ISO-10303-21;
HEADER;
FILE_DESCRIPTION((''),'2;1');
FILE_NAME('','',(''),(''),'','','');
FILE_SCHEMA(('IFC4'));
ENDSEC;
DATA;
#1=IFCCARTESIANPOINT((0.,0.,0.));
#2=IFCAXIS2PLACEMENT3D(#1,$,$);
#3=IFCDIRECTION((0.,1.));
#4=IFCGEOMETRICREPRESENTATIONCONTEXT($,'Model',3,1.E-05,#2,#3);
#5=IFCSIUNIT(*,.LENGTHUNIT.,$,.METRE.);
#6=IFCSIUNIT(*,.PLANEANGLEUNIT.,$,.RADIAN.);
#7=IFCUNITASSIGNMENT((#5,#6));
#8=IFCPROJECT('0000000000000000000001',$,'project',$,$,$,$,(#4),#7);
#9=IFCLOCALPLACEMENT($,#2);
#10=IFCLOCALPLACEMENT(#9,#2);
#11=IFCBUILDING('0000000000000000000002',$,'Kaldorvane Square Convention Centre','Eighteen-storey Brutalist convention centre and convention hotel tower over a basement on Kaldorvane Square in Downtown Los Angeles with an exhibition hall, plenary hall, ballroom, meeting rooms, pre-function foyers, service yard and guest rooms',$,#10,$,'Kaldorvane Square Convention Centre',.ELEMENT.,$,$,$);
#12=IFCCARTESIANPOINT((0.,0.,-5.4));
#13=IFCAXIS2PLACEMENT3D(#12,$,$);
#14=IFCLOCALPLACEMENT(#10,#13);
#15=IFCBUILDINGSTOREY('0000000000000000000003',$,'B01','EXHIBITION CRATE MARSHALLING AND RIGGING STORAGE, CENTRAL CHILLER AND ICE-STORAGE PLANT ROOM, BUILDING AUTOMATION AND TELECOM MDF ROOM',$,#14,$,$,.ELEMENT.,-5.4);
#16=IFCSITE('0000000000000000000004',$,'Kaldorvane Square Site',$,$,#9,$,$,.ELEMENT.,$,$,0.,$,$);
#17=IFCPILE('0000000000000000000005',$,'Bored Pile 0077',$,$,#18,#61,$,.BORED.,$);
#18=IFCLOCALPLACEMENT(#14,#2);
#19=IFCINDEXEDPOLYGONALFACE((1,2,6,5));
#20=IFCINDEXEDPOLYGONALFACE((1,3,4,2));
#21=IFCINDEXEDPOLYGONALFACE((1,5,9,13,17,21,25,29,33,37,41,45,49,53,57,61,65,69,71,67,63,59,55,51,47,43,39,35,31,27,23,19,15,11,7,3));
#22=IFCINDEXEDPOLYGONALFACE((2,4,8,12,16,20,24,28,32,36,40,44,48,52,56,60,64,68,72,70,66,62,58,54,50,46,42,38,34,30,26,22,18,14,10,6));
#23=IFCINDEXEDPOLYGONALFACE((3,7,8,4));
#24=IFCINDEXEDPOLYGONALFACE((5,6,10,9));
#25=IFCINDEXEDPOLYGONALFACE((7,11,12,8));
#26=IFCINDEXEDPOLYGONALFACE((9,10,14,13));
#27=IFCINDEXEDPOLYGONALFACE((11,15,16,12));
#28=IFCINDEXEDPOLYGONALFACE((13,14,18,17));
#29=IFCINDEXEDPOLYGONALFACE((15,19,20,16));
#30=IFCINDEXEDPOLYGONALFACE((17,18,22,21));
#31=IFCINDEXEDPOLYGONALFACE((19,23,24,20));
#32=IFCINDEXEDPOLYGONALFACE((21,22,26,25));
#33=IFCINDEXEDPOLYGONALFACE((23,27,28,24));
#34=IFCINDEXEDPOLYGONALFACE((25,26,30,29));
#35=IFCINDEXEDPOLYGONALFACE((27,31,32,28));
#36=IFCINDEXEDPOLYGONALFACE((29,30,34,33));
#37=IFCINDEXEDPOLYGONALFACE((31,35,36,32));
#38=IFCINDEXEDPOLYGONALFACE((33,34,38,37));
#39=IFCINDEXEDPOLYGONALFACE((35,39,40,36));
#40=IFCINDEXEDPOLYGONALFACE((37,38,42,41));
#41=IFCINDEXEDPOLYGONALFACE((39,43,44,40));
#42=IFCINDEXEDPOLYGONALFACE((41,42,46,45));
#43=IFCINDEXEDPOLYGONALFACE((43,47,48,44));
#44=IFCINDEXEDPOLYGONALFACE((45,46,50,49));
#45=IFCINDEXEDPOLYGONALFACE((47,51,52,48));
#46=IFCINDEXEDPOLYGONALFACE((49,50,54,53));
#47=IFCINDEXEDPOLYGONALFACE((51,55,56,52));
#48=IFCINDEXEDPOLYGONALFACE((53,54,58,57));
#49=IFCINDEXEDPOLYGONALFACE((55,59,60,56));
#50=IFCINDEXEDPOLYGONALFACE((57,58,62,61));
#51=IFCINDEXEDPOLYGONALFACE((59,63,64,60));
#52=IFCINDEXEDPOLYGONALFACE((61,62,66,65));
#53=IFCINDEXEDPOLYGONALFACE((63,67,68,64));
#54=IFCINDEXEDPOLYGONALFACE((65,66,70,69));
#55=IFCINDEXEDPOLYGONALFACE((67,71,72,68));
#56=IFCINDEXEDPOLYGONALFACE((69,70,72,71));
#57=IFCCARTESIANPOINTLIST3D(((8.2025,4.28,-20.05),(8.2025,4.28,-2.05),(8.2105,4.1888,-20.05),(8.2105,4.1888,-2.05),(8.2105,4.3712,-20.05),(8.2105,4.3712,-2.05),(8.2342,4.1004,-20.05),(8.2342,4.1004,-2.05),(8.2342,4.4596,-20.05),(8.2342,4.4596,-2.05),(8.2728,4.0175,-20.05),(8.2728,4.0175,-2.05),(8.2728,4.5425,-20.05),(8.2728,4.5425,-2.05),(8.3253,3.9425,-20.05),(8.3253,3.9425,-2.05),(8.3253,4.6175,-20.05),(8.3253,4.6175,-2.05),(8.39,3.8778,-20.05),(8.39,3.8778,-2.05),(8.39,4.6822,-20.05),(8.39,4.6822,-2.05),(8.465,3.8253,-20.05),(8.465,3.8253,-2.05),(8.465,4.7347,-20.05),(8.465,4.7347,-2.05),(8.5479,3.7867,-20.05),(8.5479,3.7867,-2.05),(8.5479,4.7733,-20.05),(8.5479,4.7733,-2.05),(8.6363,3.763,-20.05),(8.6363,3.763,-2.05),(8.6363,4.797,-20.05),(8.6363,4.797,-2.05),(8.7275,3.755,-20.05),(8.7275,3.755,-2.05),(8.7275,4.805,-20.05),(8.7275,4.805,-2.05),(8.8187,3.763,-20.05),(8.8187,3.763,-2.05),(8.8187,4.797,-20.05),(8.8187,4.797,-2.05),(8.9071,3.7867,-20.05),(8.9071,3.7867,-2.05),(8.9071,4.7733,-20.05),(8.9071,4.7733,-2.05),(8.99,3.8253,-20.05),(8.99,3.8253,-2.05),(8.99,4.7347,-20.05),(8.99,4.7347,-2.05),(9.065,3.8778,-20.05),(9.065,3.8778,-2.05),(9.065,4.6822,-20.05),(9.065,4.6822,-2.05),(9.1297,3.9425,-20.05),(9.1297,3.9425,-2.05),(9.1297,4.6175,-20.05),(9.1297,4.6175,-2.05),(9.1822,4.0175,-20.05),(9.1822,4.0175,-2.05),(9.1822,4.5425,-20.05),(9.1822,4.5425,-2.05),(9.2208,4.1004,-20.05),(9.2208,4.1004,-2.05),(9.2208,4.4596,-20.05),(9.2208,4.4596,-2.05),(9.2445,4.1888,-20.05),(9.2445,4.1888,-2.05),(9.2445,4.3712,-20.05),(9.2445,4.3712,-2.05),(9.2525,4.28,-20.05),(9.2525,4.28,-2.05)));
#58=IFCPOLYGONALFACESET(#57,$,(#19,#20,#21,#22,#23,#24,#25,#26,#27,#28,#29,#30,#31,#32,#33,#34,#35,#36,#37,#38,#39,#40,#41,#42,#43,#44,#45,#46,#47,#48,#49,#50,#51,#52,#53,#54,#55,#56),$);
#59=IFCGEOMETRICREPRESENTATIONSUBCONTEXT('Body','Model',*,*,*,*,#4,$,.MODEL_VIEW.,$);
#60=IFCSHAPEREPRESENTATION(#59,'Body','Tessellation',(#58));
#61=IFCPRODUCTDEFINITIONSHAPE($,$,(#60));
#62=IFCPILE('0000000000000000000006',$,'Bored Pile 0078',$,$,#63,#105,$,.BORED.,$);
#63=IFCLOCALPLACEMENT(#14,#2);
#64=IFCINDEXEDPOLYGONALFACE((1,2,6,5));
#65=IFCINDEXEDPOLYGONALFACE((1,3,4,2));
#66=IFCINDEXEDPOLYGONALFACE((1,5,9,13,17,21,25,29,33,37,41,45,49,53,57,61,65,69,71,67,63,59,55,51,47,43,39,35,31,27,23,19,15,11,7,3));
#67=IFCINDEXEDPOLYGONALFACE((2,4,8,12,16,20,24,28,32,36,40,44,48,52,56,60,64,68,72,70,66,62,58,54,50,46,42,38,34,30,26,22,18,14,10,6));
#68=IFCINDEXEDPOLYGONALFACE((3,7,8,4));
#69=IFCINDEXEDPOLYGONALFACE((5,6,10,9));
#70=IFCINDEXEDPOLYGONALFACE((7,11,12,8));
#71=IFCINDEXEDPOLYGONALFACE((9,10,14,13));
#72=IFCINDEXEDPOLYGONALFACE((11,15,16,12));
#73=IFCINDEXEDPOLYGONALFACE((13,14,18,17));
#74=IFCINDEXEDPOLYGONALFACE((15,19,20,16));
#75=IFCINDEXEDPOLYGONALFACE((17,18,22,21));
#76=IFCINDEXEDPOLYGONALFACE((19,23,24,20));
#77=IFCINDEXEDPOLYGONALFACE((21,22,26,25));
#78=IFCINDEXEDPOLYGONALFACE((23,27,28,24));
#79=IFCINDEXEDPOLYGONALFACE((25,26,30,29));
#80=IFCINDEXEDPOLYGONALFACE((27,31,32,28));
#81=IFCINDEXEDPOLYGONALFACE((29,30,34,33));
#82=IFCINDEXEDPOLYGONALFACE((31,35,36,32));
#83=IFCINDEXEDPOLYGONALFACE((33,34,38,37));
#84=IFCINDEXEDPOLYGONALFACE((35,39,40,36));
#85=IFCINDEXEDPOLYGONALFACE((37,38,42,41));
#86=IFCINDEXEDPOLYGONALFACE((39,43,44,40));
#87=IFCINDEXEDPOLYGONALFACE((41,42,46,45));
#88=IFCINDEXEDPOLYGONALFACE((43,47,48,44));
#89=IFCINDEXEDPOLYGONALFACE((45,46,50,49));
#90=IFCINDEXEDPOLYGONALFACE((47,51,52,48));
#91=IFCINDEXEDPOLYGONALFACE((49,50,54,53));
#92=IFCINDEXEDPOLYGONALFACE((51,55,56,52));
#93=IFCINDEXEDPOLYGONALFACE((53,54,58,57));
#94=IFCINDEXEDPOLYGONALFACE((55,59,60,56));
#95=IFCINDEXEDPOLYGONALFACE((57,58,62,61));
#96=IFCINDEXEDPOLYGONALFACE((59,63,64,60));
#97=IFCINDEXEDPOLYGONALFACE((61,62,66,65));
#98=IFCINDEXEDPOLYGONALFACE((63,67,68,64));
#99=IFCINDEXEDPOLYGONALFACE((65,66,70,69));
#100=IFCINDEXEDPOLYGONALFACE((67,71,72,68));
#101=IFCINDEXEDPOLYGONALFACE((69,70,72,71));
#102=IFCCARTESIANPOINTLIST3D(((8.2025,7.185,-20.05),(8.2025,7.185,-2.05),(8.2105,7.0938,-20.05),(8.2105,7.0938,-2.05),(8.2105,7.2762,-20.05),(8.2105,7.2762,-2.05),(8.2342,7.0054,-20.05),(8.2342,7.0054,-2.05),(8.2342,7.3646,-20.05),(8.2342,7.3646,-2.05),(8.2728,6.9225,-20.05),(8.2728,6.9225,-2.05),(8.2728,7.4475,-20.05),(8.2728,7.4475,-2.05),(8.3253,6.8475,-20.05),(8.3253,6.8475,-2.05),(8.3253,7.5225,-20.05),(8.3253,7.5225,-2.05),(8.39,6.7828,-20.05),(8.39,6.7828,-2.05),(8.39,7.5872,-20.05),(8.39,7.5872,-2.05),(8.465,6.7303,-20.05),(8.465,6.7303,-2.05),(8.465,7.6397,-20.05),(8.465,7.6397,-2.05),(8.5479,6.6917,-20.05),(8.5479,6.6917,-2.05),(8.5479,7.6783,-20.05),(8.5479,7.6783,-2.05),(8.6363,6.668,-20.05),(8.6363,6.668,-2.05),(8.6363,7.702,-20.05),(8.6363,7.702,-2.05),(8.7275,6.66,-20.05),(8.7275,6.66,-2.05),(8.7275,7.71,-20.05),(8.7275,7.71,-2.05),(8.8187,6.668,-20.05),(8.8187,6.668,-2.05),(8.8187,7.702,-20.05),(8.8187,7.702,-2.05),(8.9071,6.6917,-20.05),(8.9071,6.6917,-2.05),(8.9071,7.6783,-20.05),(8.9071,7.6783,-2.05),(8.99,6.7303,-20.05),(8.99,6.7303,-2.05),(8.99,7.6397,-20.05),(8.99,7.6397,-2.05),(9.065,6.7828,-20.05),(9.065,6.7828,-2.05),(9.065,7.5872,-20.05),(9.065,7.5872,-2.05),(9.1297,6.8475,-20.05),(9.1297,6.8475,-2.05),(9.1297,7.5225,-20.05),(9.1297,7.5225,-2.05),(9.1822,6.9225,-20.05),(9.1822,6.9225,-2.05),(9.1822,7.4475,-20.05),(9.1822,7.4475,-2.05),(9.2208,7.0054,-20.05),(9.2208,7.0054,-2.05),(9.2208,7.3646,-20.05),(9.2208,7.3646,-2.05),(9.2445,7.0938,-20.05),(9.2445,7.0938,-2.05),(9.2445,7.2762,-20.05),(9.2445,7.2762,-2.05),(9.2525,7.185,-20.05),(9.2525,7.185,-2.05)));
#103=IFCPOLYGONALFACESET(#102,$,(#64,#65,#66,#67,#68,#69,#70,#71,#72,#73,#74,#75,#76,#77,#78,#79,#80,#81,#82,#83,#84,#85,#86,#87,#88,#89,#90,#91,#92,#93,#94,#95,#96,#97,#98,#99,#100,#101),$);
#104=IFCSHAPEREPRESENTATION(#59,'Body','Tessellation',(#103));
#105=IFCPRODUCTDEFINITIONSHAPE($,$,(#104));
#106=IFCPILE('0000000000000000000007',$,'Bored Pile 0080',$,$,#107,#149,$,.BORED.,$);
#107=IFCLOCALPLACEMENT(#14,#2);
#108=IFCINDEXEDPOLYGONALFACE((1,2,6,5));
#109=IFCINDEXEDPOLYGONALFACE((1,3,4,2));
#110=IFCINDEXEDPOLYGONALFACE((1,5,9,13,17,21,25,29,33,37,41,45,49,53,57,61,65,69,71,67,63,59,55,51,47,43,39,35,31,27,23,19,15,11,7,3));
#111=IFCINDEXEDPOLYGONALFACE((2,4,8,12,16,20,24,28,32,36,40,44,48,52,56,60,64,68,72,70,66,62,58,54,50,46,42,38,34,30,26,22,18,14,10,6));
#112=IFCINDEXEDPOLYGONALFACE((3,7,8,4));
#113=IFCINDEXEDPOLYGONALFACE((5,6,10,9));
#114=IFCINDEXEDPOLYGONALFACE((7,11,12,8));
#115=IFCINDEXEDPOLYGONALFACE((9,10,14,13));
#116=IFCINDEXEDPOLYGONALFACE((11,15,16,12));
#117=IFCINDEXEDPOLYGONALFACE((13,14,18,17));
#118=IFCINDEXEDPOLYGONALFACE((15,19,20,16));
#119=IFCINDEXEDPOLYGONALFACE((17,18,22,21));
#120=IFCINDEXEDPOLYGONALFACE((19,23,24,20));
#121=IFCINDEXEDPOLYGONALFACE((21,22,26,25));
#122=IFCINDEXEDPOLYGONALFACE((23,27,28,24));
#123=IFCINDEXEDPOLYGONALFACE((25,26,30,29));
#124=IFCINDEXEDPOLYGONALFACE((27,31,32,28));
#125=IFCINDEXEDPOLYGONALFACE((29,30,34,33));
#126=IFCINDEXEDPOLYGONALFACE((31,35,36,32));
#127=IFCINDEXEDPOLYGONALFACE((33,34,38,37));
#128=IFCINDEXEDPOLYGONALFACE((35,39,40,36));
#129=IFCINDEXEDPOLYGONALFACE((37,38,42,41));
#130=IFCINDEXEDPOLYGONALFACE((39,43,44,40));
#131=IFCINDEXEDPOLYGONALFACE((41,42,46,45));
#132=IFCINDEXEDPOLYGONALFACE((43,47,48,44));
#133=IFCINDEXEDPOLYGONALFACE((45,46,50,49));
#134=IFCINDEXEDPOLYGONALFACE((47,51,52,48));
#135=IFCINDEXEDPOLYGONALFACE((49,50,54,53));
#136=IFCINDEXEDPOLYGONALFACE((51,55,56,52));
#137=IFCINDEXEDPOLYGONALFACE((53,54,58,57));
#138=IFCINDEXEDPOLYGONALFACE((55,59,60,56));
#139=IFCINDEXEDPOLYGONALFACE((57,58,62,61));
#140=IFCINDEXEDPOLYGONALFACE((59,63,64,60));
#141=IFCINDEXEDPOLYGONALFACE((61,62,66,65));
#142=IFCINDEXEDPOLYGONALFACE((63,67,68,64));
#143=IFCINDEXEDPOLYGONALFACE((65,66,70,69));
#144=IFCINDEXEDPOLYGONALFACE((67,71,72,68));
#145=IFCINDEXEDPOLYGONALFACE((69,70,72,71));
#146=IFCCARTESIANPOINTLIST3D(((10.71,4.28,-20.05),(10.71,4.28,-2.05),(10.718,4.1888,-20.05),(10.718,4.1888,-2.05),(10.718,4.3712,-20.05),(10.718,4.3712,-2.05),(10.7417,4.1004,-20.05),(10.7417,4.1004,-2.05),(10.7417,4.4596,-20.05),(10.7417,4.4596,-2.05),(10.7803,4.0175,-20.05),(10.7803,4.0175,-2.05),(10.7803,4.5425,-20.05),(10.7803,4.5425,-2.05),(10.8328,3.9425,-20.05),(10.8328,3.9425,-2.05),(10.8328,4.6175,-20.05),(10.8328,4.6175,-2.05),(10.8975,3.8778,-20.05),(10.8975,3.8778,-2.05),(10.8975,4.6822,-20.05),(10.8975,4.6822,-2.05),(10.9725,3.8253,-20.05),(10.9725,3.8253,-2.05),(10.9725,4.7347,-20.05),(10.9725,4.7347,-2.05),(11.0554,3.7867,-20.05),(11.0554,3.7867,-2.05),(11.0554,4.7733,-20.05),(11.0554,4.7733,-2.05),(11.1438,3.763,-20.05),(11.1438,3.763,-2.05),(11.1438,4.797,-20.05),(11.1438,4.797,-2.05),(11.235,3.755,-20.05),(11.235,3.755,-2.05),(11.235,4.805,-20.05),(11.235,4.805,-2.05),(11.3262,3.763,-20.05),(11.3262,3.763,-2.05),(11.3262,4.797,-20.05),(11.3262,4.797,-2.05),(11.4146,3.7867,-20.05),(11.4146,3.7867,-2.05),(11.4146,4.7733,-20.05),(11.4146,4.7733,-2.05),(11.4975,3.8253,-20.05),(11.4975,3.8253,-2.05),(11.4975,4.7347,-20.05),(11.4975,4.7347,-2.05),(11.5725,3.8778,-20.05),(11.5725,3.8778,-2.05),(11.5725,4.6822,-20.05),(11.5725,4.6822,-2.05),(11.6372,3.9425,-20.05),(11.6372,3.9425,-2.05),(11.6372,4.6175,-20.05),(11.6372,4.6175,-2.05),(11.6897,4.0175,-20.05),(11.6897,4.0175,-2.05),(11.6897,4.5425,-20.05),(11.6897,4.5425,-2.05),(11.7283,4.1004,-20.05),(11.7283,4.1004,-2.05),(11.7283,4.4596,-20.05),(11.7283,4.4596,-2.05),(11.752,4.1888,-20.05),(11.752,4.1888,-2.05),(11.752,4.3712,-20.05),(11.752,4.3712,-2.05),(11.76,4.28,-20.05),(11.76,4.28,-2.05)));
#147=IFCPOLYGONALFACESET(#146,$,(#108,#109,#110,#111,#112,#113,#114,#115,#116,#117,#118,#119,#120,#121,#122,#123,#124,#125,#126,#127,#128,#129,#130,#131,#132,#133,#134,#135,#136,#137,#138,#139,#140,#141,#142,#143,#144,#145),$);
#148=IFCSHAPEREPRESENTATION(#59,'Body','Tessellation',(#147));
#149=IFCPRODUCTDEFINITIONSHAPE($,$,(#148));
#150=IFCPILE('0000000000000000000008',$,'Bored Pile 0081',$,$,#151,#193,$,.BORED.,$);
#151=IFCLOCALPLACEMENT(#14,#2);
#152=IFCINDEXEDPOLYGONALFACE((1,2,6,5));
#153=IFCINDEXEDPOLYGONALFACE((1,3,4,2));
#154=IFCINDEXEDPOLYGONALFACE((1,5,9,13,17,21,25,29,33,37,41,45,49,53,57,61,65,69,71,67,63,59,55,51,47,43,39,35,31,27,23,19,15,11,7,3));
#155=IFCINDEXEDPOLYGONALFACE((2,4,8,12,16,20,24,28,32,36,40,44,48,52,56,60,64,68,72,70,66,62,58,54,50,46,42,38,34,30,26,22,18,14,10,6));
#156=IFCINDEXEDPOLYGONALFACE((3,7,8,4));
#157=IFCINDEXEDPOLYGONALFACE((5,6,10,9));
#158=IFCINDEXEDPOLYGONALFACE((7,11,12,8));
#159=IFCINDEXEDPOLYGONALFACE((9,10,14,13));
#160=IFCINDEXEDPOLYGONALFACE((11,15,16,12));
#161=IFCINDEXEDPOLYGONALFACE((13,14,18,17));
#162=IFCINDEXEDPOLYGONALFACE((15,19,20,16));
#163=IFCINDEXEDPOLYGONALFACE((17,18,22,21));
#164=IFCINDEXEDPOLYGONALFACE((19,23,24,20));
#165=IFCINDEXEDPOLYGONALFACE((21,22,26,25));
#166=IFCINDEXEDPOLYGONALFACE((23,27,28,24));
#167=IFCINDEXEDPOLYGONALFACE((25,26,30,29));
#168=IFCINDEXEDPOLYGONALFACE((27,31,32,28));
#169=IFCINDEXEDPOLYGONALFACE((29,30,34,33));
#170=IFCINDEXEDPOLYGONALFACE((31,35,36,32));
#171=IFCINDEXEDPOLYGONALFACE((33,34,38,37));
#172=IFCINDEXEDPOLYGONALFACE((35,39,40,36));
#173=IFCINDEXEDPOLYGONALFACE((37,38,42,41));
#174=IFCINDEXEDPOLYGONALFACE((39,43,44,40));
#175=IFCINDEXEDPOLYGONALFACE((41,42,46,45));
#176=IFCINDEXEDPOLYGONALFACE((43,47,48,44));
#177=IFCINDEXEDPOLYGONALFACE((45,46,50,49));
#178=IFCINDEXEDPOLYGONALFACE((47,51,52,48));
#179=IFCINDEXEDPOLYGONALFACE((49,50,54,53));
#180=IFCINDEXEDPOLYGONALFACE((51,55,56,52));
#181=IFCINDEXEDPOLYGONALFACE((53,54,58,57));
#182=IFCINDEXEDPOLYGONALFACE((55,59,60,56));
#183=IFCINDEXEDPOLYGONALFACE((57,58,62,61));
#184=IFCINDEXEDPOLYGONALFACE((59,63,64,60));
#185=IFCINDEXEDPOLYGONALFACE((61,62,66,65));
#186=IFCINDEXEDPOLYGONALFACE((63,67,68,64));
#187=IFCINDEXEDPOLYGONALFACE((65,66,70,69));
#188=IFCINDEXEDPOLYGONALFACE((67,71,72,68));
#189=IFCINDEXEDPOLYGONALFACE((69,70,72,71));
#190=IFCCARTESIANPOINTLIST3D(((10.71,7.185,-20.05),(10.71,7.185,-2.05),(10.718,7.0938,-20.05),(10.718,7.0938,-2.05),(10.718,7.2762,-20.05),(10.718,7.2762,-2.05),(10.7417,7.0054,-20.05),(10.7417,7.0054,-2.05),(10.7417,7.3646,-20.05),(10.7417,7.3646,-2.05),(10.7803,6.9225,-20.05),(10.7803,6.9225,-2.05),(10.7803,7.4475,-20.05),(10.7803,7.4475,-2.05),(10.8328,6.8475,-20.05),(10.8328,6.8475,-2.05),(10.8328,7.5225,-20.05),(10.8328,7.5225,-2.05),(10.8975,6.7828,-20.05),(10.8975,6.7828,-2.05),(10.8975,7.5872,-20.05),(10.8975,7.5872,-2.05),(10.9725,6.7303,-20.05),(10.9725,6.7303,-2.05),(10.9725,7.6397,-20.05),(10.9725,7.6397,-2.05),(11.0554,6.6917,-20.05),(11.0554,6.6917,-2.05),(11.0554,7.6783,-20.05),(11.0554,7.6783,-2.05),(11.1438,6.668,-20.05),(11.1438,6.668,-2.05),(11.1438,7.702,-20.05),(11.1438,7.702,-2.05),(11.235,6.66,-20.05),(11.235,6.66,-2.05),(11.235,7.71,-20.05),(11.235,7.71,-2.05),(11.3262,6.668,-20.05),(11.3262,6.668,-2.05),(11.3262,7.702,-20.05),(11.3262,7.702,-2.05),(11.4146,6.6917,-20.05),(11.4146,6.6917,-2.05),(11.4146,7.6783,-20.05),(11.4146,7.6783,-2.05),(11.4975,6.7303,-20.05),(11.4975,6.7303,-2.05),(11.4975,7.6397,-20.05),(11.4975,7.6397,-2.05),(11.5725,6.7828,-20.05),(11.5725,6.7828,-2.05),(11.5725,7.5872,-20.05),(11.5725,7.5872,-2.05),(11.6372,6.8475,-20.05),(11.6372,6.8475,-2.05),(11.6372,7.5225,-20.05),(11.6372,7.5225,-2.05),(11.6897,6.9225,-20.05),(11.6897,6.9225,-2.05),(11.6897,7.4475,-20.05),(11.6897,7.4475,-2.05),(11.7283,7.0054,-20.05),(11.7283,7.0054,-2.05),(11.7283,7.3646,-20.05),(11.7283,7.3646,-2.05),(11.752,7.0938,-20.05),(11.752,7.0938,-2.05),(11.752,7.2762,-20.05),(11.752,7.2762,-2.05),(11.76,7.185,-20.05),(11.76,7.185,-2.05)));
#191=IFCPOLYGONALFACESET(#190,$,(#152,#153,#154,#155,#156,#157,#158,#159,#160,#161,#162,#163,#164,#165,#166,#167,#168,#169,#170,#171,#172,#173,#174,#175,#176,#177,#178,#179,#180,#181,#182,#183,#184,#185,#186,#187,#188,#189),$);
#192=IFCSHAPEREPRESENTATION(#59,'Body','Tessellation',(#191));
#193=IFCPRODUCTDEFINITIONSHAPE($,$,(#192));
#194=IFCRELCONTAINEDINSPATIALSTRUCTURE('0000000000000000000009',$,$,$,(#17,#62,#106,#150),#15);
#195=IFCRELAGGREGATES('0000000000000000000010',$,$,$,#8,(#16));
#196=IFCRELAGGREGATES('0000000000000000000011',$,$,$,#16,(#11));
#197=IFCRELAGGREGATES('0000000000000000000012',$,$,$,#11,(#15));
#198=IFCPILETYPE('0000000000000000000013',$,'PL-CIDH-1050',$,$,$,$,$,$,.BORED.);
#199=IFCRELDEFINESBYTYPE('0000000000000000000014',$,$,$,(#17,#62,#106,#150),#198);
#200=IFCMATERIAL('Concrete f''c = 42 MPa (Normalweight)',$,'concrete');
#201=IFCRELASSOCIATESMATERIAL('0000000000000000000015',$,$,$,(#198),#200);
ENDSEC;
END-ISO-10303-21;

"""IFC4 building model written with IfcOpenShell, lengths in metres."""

from ifc_helpers import new_model, si_unit, direction, frame, origin, origin_2d, place, context, subcontext, project, spatial, circle, extrude, material, material_profile, profile_set, type_object, element, save


model = new_model("IFC4")

# Units and contexts
model_context = context("Model", 3, precision=1e-05, world=origin(), true_north=direction((0.0, 1.0)))
body_context = subcontext(model_context, "Body", "Model", "MODEL_VIEW")
ifc_project = project(units=[si_unit("LENGTHUNIT", "METRE"), si_unit("PLANEANGLEUNIT", "RADIAN")], contexts=[model_context])

# Site, building, storey
site_placement = place(None, origin())
site = spatial("IfcSite", under=ifc_project, at=site_placement, Name="Kaldorvane Square Site", CompositionType="ELEMENT", RefElevation=0.0)
building_placement = place(site_placement, origin())
building = spatial("IfcBuilding", under=site, at=building_placement, Name="Kaldorvane Square Convention Centre", Description="Eighteen-storey Brutalist convention centre and convention hotel tower over a basement on Kaldorvane Square in Downtown Los Angeles with an exhibition hall, plenary hall, ballroom, meeting rooms, pre-function foyers, service yard and guest rooms", LongName="Kaldorvane Square Convention Centre", CompositionType="ELEMENT")
storey_placement = place(building_placement, frame((0.0, 0.0, -5.4)))
storey = spatial("IfcBuildingStorey", under=building, at=storey_placement, Name="B01", Description="EXHIBITION CRATE MARSHALLING AND RIGGING STORAGE, CENTRAL CHILLER AND ICE-STORAGE PLANT ROOM, BUILDING AUTOMATION AND TELECOM MDF ROOM", CompositionType="ELEMENT", Elevation=-5.4)

# Shared definitions
ifc_material_1 = material(Name="Concrete f'c = 42 MPa (Normalweight)", Category="concrete")

# Piles
ifc_material_profile_1 = material_profile(ifc_material_1, circle(Radius=0.525, at=origin_2d()), Name="PILE-D1050")
ifc_profile_set_1 = profile_set([ifc_material_profile_1], Name="Concrete f'c = 42 MPa (Normalweight)")
pile_type_1 = type_object("IfcPileType", Name="PL-CIDH-1050", PredefinedType="BORED", material=ifc_profile_set_1)
for number, where, z_axis, x_axis, name in (
    (1, (8.7275, 4.28, -2.05), (0.0, 0.0, -1.0), (1.0, 0.0, 0.0), "Bored Pile 0077"),
    (2, (8.7275, 7.185, -2.05), (0.0, 0.0, -1.0), (1.0, 0.0, 0.0), "Bored Pile 0078"),
    (3, (11.235, 4.28, -2.05), (0.0, 0.0, -1.0), (1.0, 0.0, 0.0), "Bored Pile 0080"),
    (4, (11.235, 7.185, -2.05), (0.0, 0.0, -1.0), (1.0, 0.0, 0.0), "Bored Pile 0081"),
):
    element("IfcPile", number, at=place(storey_placement, frame(where, z_axis=z_axis, x_axis=x_axis)), inside=storey, type_object=pile_type_1, Name=name, PredefinedType="BORED", context=body_context, shape_type="SweptSolid", body=[
        extrude(circle(Radius=0.525, at=origin_2d()), origin(), (0.0, 0.0, 1.0), 18.0),
    ])

save(model, "model.ifc")
